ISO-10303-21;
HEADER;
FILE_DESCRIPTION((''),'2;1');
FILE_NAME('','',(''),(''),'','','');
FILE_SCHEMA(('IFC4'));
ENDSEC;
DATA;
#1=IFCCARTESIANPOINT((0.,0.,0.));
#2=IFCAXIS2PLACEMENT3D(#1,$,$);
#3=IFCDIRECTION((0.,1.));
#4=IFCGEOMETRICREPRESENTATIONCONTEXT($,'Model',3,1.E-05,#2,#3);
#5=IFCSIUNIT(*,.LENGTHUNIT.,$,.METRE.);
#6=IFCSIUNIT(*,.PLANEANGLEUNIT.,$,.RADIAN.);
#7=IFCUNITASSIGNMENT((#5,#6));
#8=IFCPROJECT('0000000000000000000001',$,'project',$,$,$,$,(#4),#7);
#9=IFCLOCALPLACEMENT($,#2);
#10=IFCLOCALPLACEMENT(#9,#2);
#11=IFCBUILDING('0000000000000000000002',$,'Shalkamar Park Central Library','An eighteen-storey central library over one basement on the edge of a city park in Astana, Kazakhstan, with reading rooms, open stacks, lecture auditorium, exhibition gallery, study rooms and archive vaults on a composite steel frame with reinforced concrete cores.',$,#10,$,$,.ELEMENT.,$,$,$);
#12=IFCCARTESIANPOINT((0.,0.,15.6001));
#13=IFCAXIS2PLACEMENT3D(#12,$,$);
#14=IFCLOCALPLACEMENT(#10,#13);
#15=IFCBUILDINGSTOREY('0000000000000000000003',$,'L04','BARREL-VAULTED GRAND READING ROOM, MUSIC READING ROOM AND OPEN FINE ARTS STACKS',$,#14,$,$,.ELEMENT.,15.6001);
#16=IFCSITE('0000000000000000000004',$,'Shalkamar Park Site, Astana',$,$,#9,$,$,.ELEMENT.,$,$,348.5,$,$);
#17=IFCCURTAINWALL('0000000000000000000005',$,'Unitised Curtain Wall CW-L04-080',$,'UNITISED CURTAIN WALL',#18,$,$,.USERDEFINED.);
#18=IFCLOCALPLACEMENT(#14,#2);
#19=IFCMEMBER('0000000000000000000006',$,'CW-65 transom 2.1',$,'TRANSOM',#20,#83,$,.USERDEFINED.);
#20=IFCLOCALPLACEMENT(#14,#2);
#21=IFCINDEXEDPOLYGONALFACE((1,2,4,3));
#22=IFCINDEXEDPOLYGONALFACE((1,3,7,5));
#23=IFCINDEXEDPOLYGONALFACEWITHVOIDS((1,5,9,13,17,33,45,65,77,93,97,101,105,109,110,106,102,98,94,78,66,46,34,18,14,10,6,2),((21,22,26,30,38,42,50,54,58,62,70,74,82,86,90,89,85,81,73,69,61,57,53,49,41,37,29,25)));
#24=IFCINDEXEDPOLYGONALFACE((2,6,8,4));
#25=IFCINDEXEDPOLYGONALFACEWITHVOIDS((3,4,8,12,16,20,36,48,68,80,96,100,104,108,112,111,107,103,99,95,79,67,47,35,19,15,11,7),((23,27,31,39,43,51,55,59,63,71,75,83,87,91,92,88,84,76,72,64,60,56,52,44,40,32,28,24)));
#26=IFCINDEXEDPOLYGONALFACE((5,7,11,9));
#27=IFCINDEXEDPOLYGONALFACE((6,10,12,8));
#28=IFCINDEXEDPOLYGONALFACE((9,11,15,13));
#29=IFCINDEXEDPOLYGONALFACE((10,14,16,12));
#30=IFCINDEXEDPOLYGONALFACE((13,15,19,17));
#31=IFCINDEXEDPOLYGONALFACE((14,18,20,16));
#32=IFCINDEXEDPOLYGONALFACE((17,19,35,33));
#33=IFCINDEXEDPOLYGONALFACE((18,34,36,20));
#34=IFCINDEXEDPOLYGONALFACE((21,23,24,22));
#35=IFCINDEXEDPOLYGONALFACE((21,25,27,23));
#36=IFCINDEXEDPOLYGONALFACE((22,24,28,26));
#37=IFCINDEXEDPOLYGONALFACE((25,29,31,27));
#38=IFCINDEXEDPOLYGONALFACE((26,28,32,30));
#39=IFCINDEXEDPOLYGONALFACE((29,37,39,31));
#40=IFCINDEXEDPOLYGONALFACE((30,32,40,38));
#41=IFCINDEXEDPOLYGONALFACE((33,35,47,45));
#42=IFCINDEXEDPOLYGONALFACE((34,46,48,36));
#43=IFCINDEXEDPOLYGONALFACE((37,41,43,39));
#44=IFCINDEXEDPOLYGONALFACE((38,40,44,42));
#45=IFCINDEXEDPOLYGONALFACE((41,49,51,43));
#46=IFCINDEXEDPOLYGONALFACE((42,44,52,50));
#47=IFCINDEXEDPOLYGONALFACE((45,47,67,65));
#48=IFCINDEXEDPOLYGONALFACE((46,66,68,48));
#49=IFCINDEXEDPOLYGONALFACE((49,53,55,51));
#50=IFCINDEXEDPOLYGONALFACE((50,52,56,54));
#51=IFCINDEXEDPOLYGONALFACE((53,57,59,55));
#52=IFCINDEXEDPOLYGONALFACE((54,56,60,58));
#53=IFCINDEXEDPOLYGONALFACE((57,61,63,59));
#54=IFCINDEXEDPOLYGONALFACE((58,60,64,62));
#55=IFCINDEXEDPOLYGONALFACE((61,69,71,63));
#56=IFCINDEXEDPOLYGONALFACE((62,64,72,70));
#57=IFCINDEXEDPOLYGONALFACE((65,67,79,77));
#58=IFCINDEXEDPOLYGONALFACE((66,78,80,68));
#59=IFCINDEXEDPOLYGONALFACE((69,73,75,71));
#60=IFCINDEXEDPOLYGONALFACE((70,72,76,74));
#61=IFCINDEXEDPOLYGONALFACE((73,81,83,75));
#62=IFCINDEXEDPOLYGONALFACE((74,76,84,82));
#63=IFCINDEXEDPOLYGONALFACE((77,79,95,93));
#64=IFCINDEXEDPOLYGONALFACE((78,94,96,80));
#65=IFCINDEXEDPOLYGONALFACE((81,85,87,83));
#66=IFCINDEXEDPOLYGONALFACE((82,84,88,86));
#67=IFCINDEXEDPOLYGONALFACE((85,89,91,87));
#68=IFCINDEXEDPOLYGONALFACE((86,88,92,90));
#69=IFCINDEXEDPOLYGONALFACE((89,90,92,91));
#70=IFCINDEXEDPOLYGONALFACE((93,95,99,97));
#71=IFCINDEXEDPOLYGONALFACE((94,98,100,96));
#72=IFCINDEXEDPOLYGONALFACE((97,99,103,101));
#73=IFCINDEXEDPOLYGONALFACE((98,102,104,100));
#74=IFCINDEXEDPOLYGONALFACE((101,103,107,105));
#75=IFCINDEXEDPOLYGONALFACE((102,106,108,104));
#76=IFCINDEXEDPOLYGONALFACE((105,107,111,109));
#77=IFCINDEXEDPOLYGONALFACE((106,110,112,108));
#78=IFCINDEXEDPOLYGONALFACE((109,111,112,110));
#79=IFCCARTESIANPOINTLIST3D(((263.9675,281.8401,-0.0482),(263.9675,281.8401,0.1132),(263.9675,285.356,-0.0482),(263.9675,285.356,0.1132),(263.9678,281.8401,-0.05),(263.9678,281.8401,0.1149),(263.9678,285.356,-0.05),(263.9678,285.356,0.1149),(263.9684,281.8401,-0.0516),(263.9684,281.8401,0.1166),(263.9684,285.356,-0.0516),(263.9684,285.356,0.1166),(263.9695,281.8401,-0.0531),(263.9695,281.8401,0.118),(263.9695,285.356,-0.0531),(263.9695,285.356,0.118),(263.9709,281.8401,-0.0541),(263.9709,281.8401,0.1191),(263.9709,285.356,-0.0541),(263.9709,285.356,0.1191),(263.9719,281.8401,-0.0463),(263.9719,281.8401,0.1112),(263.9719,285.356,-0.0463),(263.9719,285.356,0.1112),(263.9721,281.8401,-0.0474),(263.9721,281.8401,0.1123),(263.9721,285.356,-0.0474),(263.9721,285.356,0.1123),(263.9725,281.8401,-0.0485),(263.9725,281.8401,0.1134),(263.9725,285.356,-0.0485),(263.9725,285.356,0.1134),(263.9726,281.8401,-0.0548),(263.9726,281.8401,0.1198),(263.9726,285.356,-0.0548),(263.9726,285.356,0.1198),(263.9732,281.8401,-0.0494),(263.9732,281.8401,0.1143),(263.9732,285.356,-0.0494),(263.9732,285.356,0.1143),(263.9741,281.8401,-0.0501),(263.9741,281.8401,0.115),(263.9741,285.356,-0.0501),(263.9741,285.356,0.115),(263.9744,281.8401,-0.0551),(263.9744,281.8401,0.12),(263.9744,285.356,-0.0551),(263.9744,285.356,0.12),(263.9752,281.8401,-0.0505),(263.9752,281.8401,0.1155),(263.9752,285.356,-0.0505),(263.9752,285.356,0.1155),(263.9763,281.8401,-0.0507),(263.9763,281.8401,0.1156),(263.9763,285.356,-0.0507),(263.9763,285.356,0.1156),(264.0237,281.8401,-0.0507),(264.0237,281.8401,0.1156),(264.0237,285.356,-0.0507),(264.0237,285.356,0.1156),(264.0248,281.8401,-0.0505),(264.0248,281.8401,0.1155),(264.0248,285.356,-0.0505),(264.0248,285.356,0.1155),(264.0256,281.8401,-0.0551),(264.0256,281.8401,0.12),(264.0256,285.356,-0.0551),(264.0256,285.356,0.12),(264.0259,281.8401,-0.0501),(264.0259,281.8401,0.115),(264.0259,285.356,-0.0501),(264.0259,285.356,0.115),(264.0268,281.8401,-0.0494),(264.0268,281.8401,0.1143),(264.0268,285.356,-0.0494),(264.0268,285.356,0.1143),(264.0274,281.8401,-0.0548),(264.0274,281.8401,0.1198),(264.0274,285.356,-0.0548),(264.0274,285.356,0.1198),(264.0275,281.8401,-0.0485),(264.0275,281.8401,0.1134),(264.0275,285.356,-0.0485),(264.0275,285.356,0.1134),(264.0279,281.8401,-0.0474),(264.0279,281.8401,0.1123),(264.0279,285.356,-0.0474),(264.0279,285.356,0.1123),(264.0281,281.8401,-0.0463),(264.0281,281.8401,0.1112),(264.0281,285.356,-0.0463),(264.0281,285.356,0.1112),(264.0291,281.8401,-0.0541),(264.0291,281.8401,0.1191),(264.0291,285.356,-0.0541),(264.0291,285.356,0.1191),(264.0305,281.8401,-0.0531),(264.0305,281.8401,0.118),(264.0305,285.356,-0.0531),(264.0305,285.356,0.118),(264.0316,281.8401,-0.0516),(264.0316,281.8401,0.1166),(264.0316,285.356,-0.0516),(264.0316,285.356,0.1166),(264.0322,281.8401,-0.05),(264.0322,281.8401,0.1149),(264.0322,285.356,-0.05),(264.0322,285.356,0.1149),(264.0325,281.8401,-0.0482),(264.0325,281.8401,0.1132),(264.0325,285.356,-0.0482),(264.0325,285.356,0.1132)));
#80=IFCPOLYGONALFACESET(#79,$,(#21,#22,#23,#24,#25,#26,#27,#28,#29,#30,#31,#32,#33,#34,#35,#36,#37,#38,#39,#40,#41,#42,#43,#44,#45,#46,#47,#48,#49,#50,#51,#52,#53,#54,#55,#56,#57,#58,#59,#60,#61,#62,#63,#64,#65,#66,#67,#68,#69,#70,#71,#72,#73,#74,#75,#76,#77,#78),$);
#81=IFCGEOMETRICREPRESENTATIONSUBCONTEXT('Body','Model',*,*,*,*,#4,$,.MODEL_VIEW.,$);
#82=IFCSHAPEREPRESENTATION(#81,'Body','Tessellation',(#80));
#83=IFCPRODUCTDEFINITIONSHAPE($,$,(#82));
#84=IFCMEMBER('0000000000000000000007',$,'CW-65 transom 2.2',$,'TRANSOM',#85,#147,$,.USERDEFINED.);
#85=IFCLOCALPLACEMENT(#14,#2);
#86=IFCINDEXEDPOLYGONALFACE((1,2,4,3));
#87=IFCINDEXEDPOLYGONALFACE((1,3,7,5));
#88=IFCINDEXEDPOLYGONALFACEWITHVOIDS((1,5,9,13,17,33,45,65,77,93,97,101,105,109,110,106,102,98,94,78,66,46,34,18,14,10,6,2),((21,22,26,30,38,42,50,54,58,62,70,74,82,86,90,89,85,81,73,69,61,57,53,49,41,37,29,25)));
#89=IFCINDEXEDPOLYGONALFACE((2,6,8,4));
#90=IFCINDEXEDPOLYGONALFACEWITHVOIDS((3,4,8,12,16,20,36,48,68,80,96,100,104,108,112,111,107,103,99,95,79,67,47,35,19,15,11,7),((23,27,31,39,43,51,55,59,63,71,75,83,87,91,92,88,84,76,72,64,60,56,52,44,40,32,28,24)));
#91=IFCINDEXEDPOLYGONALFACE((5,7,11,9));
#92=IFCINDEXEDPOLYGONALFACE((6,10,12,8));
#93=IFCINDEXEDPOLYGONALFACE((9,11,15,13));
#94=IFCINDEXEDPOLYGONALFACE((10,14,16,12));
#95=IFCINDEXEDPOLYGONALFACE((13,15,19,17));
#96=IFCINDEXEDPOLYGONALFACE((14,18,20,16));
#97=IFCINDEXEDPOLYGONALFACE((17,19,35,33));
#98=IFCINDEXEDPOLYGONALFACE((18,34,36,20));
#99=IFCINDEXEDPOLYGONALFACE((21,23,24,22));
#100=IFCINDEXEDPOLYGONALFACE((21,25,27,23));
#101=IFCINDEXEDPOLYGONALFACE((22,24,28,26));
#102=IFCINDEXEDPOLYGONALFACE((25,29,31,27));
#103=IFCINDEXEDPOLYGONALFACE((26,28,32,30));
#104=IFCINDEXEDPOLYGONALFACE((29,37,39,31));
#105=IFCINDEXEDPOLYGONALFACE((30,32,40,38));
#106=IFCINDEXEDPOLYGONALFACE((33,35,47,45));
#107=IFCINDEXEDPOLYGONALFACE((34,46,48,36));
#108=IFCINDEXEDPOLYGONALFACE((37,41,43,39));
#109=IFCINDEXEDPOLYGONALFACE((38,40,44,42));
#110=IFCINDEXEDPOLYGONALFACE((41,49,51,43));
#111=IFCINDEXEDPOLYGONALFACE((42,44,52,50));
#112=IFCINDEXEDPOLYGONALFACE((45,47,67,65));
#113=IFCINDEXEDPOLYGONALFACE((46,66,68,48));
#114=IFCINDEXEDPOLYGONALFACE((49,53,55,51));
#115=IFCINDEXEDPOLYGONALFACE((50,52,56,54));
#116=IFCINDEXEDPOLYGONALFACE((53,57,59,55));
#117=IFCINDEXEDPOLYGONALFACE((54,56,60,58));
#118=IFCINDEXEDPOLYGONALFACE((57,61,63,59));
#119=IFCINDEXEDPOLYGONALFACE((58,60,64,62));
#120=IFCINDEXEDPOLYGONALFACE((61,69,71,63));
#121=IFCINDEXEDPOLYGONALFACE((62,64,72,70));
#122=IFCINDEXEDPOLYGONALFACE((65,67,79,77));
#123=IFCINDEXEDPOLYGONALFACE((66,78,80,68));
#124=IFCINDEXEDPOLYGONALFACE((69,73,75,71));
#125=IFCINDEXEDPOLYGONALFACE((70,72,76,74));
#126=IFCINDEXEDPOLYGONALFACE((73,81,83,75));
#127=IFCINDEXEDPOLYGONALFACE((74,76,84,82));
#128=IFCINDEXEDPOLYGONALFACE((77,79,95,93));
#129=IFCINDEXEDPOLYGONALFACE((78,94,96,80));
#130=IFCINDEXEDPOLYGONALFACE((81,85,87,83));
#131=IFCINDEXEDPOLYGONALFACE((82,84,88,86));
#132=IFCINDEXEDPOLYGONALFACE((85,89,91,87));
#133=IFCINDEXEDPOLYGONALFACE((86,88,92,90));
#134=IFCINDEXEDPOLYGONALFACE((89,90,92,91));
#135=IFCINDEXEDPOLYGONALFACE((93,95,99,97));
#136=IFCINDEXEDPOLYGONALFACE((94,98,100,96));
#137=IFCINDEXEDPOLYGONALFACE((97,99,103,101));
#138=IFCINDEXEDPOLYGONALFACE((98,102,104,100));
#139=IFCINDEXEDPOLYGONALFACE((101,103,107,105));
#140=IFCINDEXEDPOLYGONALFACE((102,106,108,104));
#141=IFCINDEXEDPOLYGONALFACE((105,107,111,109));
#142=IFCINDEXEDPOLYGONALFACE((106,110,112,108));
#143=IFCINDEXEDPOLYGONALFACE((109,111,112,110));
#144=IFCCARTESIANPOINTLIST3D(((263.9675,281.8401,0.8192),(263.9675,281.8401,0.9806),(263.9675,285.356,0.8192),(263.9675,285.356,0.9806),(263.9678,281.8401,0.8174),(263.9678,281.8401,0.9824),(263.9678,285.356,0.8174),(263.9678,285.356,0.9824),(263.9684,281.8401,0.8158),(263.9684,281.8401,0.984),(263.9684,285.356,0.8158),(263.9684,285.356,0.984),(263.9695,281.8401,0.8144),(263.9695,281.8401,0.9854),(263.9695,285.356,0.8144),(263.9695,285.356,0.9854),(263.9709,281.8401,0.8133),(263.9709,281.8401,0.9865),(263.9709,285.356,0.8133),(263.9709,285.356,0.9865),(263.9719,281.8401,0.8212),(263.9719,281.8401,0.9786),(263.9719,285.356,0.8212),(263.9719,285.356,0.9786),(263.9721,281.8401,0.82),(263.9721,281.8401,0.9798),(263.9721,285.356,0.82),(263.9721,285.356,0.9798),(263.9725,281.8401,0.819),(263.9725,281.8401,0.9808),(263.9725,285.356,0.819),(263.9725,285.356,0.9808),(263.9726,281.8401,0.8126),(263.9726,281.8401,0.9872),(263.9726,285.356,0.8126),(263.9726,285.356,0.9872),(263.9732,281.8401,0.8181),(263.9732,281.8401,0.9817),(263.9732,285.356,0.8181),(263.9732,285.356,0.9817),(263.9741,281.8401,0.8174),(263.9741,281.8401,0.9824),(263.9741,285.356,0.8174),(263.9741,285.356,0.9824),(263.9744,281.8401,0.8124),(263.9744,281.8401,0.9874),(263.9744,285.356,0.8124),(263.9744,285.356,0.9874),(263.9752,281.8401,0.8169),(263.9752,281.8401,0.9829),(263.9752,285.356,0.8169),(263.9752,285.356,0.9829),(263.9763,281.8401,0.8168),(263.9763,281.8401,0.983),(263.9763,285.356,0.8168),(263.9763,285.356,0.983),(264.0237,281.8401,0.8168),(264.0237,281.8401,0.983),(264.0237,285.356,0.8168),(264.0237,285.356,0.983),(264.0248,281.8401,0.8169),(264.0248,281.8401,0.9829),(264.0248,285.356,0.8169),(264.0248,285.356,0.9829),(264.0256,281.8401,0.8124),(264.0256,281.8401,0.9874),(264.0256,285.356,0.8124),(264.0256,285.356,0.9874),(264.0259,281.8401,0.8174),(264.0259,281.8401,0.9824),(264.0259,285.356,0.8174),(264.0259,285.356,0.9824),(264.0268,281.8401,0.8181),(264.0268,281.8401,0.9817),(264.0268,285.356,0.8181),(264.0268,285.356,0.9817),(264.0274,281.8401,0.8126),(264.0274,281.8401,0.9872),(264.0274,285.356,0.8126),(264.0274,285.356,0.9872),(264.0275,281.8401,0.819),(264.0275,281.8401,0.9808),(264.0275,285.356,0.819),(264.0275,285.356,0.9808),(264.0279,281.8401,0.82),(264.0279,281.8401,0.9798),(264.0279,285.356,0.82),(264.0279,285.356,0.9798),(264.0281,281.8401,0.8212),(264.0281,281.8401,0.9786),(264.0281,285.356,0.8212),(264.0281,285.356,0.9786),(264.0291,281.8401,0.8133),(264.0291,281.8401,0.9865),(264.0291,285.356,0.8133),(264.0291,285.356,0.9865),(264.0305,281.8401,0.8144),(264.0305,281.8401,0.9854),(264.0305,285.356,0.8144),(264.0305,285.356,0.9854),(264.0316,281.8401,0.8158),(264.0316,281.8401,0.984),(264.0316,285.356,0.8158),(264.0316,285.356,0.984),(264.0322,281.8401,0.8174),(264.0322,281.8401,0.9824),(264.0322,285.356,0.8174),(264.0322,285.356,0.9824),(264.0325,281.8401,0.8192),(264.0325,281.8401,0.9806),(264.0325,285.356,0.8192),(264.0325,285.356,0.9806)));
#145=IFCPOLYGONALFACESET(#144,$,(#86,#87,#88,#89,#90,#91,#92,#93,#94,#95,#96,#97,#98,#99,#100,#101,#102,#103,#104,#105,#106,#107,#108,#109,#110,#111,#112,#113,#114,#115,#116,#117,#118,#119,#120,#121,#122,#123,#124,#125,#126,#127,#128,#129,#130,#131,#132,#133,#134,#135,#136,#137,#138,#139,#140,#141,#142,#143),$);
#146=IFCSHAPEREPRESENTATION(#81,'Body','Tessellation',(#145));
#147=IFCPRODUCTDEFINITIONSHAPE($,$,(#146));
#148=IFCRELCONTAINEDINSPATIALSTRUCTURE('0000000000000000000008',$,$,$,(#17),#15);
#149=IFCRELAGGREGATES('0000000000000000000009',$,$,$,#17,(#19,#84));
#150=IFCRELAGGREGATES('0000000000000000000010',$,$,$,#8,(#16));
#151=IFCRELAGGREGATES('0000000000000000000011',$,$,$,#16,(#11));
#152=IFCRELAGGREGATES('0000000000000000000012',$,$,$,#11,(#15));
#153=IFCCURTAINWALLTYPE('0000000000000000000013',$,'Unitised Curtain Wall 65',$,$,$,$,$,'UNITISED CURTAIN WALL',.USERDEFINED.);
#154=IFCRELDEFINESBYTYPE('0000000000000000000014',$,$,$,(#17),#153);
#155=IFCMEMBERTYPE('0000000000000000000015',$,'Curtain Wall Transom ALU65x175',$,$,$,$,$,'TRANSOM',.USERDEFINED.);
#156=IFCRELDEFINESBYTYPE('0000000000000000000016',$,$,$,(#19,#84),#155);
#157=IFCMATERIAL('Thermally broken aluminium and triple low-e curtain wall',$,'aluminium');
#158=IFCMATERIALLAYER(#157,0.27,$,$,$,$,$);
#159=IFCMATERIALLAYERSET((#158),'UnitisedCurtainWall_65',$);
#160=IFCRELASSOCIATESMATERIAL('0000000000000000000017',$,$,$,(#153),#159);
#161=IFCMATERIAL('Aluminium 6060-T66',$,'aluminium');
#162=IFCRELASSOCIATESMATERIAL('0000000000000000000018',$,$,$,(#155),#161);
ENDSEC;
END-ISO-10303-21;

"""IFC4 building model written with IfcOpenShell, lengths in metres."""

from ifc_helpers import new_model, si_unit, direction, frame, origin, origin_2d, place, context, subcontext, project, spatial, hollow_rectangle, extrude, material, layer, layer_set, material_profile, profile_set, type_object, element, aggregate, save


model = new_model("IFC4")

# Units and contexts
model_context = context("Model", 3, precision=1e-05, world=origin(), true_north=direction((0.0, 1.0)))
body_context = subcontext(model_context, "Body", "Model", "MODEL_VIEW")
ifc_project = project(units=[si_unit("LENGTHUNIT", "METRE"), si_unit("PLANEANGLEUNIT", "RADIAN")], contexts=[model_context])

# Site, building, storey
site_placement = place(None, origin())
site = spatial("IfcSite", under=ifc_project, at=site_placement, Name="Shalkamar Park Site, Astana", CompositionType="ELEMENT", RefElevation=348.5)
building_placement = place(site_placement, origin())
building = spatial("IfcBuilding", under=site, at=building_placement, Name="Shalkamar Park Central Library", Description="An eighteen-storey central library over one basement on the edge of a city park in Astana, Kazakhstan, with reading rooms, open stacks, lecture auditorium, exhibition gallery, study rooms and archive vaults on a composite steel frame with reinforced concrete cores.", CompositionType="ELEMENT")
storey_placement = place(building_placement, frame((0.0, 0.0, 15.6001)))
storey = spatial("IfcBuildingStorey", under=building, at=storey_placement, Name="L04", Description="BARREL-VAULTED GRAND READING ROOM, MUSIC READING ROOM AND OPEN FINE ARTS STACKS", CompositionType="ELEMENT", Elevation=15.6001)

# Curtain wall, members
ifc_material_1 = material(Name="Thermally broken aluminium and triple low-e curtain wall", Category="aluminium")
ifc_layer_1 = layer(ifc_material_1, 0.27)
ifc_layer_set_1 = layer_set([ifc_layer_1], Name="UnitisedCurtainWall_65")
curtain_wall_type = type_object("IfcCurtainWallType", Name="Unitised Curtain Wall 65", ElementType="UNITISED CURTAIN WALL", PredefinedType="USERDEFINED", material=ifc_layer_set_1)
curtain_wall_placement = place(storey_placement, origin())
curtain_wall = element("IfcCurtainWall", 1, at=curtain_wall_placement, inside=storey, type_object=curtain_wall_type, Name="Unitised Curtain Wall CW-L04-080", ObjectType="UNITISED CURTAIN WALL", PredefinedType="USERDEFINED")
ifc_material_2 = material(Name="Aluminium 6060-T66", Category="aluminium")
ifc_material_profile_1 = material_profile(ifc_material_2, hollow_rectangle(XDim=0.0649, YDim=0.175, WallThickness=0.0044, InnerFilletRadius=0.0044, OuterFilletRadius=0.0068, at=origin_2d()), Name="ALU 65x175x4.5")
ifc_profile_set_1 = profile_set([ifc_material_profile_1], Name="Aluminium 6060-T66")
member_type_1 = type_object("IfcMemberType", Name="Curtain Wall Transom ALU65x175", ElementType="TRANSOM", PredefinedType="USERDEFINED", material=ifc_profile_set_1)
member_1_placement = place(storey_placement, frame((264.0, 281.8401, 0.0325), z_axis=(0.0, 1.0, 0.0), x_axis=(-1.0, 0.0, 0.0)))
member_1 = element("IfcMember", 2, at=member_1_placement, type_object=member_type_1, Name="CW-65 transom 2.1", ObjectType="TRANSOM", PredefinedType="USERDEFINED", context=body_context, shape_type="SweptSolid", body=[
    extrude(hollow_rectangle(XDim=0.0649, YDim=0.175, WallThickness=0.0044, InnerFilletRadius=0.0044, OuterFilletRadius=0.0068, at=origin_2d()), origin(), (0.0, 0.0, 1.0), 3.5159),
])
member_2_placement = place(storey_placement, frame((264.0, 281.8401, 0.8999), z_axis=(0.0, 1.0, 0.0), x_axis=(-1.0, 0.0, 0.0)))
member_2 = element("IfcMember", 3, at=member_2_placement, type_object=member_type_1, Name="CW-65 transom 2.2", ObjectType="TRANSOM", PredefinedType="USERDEFINED", context=body_context, shape_type="SweptSolid", body=[
    extrude(hollow_rectangle(XDim=0.0649, YDim=0.175, WallThickness=0.0044, InnerFilletRadius=0.0044, OuterFilletRadius=0.0068, at=origin_2d()), origin(), (0.0, 0.0, 1.0), 3.5159),
])

aggregate(curtain_wall, [member_1, member_2])

save(model, "model.ifc")
